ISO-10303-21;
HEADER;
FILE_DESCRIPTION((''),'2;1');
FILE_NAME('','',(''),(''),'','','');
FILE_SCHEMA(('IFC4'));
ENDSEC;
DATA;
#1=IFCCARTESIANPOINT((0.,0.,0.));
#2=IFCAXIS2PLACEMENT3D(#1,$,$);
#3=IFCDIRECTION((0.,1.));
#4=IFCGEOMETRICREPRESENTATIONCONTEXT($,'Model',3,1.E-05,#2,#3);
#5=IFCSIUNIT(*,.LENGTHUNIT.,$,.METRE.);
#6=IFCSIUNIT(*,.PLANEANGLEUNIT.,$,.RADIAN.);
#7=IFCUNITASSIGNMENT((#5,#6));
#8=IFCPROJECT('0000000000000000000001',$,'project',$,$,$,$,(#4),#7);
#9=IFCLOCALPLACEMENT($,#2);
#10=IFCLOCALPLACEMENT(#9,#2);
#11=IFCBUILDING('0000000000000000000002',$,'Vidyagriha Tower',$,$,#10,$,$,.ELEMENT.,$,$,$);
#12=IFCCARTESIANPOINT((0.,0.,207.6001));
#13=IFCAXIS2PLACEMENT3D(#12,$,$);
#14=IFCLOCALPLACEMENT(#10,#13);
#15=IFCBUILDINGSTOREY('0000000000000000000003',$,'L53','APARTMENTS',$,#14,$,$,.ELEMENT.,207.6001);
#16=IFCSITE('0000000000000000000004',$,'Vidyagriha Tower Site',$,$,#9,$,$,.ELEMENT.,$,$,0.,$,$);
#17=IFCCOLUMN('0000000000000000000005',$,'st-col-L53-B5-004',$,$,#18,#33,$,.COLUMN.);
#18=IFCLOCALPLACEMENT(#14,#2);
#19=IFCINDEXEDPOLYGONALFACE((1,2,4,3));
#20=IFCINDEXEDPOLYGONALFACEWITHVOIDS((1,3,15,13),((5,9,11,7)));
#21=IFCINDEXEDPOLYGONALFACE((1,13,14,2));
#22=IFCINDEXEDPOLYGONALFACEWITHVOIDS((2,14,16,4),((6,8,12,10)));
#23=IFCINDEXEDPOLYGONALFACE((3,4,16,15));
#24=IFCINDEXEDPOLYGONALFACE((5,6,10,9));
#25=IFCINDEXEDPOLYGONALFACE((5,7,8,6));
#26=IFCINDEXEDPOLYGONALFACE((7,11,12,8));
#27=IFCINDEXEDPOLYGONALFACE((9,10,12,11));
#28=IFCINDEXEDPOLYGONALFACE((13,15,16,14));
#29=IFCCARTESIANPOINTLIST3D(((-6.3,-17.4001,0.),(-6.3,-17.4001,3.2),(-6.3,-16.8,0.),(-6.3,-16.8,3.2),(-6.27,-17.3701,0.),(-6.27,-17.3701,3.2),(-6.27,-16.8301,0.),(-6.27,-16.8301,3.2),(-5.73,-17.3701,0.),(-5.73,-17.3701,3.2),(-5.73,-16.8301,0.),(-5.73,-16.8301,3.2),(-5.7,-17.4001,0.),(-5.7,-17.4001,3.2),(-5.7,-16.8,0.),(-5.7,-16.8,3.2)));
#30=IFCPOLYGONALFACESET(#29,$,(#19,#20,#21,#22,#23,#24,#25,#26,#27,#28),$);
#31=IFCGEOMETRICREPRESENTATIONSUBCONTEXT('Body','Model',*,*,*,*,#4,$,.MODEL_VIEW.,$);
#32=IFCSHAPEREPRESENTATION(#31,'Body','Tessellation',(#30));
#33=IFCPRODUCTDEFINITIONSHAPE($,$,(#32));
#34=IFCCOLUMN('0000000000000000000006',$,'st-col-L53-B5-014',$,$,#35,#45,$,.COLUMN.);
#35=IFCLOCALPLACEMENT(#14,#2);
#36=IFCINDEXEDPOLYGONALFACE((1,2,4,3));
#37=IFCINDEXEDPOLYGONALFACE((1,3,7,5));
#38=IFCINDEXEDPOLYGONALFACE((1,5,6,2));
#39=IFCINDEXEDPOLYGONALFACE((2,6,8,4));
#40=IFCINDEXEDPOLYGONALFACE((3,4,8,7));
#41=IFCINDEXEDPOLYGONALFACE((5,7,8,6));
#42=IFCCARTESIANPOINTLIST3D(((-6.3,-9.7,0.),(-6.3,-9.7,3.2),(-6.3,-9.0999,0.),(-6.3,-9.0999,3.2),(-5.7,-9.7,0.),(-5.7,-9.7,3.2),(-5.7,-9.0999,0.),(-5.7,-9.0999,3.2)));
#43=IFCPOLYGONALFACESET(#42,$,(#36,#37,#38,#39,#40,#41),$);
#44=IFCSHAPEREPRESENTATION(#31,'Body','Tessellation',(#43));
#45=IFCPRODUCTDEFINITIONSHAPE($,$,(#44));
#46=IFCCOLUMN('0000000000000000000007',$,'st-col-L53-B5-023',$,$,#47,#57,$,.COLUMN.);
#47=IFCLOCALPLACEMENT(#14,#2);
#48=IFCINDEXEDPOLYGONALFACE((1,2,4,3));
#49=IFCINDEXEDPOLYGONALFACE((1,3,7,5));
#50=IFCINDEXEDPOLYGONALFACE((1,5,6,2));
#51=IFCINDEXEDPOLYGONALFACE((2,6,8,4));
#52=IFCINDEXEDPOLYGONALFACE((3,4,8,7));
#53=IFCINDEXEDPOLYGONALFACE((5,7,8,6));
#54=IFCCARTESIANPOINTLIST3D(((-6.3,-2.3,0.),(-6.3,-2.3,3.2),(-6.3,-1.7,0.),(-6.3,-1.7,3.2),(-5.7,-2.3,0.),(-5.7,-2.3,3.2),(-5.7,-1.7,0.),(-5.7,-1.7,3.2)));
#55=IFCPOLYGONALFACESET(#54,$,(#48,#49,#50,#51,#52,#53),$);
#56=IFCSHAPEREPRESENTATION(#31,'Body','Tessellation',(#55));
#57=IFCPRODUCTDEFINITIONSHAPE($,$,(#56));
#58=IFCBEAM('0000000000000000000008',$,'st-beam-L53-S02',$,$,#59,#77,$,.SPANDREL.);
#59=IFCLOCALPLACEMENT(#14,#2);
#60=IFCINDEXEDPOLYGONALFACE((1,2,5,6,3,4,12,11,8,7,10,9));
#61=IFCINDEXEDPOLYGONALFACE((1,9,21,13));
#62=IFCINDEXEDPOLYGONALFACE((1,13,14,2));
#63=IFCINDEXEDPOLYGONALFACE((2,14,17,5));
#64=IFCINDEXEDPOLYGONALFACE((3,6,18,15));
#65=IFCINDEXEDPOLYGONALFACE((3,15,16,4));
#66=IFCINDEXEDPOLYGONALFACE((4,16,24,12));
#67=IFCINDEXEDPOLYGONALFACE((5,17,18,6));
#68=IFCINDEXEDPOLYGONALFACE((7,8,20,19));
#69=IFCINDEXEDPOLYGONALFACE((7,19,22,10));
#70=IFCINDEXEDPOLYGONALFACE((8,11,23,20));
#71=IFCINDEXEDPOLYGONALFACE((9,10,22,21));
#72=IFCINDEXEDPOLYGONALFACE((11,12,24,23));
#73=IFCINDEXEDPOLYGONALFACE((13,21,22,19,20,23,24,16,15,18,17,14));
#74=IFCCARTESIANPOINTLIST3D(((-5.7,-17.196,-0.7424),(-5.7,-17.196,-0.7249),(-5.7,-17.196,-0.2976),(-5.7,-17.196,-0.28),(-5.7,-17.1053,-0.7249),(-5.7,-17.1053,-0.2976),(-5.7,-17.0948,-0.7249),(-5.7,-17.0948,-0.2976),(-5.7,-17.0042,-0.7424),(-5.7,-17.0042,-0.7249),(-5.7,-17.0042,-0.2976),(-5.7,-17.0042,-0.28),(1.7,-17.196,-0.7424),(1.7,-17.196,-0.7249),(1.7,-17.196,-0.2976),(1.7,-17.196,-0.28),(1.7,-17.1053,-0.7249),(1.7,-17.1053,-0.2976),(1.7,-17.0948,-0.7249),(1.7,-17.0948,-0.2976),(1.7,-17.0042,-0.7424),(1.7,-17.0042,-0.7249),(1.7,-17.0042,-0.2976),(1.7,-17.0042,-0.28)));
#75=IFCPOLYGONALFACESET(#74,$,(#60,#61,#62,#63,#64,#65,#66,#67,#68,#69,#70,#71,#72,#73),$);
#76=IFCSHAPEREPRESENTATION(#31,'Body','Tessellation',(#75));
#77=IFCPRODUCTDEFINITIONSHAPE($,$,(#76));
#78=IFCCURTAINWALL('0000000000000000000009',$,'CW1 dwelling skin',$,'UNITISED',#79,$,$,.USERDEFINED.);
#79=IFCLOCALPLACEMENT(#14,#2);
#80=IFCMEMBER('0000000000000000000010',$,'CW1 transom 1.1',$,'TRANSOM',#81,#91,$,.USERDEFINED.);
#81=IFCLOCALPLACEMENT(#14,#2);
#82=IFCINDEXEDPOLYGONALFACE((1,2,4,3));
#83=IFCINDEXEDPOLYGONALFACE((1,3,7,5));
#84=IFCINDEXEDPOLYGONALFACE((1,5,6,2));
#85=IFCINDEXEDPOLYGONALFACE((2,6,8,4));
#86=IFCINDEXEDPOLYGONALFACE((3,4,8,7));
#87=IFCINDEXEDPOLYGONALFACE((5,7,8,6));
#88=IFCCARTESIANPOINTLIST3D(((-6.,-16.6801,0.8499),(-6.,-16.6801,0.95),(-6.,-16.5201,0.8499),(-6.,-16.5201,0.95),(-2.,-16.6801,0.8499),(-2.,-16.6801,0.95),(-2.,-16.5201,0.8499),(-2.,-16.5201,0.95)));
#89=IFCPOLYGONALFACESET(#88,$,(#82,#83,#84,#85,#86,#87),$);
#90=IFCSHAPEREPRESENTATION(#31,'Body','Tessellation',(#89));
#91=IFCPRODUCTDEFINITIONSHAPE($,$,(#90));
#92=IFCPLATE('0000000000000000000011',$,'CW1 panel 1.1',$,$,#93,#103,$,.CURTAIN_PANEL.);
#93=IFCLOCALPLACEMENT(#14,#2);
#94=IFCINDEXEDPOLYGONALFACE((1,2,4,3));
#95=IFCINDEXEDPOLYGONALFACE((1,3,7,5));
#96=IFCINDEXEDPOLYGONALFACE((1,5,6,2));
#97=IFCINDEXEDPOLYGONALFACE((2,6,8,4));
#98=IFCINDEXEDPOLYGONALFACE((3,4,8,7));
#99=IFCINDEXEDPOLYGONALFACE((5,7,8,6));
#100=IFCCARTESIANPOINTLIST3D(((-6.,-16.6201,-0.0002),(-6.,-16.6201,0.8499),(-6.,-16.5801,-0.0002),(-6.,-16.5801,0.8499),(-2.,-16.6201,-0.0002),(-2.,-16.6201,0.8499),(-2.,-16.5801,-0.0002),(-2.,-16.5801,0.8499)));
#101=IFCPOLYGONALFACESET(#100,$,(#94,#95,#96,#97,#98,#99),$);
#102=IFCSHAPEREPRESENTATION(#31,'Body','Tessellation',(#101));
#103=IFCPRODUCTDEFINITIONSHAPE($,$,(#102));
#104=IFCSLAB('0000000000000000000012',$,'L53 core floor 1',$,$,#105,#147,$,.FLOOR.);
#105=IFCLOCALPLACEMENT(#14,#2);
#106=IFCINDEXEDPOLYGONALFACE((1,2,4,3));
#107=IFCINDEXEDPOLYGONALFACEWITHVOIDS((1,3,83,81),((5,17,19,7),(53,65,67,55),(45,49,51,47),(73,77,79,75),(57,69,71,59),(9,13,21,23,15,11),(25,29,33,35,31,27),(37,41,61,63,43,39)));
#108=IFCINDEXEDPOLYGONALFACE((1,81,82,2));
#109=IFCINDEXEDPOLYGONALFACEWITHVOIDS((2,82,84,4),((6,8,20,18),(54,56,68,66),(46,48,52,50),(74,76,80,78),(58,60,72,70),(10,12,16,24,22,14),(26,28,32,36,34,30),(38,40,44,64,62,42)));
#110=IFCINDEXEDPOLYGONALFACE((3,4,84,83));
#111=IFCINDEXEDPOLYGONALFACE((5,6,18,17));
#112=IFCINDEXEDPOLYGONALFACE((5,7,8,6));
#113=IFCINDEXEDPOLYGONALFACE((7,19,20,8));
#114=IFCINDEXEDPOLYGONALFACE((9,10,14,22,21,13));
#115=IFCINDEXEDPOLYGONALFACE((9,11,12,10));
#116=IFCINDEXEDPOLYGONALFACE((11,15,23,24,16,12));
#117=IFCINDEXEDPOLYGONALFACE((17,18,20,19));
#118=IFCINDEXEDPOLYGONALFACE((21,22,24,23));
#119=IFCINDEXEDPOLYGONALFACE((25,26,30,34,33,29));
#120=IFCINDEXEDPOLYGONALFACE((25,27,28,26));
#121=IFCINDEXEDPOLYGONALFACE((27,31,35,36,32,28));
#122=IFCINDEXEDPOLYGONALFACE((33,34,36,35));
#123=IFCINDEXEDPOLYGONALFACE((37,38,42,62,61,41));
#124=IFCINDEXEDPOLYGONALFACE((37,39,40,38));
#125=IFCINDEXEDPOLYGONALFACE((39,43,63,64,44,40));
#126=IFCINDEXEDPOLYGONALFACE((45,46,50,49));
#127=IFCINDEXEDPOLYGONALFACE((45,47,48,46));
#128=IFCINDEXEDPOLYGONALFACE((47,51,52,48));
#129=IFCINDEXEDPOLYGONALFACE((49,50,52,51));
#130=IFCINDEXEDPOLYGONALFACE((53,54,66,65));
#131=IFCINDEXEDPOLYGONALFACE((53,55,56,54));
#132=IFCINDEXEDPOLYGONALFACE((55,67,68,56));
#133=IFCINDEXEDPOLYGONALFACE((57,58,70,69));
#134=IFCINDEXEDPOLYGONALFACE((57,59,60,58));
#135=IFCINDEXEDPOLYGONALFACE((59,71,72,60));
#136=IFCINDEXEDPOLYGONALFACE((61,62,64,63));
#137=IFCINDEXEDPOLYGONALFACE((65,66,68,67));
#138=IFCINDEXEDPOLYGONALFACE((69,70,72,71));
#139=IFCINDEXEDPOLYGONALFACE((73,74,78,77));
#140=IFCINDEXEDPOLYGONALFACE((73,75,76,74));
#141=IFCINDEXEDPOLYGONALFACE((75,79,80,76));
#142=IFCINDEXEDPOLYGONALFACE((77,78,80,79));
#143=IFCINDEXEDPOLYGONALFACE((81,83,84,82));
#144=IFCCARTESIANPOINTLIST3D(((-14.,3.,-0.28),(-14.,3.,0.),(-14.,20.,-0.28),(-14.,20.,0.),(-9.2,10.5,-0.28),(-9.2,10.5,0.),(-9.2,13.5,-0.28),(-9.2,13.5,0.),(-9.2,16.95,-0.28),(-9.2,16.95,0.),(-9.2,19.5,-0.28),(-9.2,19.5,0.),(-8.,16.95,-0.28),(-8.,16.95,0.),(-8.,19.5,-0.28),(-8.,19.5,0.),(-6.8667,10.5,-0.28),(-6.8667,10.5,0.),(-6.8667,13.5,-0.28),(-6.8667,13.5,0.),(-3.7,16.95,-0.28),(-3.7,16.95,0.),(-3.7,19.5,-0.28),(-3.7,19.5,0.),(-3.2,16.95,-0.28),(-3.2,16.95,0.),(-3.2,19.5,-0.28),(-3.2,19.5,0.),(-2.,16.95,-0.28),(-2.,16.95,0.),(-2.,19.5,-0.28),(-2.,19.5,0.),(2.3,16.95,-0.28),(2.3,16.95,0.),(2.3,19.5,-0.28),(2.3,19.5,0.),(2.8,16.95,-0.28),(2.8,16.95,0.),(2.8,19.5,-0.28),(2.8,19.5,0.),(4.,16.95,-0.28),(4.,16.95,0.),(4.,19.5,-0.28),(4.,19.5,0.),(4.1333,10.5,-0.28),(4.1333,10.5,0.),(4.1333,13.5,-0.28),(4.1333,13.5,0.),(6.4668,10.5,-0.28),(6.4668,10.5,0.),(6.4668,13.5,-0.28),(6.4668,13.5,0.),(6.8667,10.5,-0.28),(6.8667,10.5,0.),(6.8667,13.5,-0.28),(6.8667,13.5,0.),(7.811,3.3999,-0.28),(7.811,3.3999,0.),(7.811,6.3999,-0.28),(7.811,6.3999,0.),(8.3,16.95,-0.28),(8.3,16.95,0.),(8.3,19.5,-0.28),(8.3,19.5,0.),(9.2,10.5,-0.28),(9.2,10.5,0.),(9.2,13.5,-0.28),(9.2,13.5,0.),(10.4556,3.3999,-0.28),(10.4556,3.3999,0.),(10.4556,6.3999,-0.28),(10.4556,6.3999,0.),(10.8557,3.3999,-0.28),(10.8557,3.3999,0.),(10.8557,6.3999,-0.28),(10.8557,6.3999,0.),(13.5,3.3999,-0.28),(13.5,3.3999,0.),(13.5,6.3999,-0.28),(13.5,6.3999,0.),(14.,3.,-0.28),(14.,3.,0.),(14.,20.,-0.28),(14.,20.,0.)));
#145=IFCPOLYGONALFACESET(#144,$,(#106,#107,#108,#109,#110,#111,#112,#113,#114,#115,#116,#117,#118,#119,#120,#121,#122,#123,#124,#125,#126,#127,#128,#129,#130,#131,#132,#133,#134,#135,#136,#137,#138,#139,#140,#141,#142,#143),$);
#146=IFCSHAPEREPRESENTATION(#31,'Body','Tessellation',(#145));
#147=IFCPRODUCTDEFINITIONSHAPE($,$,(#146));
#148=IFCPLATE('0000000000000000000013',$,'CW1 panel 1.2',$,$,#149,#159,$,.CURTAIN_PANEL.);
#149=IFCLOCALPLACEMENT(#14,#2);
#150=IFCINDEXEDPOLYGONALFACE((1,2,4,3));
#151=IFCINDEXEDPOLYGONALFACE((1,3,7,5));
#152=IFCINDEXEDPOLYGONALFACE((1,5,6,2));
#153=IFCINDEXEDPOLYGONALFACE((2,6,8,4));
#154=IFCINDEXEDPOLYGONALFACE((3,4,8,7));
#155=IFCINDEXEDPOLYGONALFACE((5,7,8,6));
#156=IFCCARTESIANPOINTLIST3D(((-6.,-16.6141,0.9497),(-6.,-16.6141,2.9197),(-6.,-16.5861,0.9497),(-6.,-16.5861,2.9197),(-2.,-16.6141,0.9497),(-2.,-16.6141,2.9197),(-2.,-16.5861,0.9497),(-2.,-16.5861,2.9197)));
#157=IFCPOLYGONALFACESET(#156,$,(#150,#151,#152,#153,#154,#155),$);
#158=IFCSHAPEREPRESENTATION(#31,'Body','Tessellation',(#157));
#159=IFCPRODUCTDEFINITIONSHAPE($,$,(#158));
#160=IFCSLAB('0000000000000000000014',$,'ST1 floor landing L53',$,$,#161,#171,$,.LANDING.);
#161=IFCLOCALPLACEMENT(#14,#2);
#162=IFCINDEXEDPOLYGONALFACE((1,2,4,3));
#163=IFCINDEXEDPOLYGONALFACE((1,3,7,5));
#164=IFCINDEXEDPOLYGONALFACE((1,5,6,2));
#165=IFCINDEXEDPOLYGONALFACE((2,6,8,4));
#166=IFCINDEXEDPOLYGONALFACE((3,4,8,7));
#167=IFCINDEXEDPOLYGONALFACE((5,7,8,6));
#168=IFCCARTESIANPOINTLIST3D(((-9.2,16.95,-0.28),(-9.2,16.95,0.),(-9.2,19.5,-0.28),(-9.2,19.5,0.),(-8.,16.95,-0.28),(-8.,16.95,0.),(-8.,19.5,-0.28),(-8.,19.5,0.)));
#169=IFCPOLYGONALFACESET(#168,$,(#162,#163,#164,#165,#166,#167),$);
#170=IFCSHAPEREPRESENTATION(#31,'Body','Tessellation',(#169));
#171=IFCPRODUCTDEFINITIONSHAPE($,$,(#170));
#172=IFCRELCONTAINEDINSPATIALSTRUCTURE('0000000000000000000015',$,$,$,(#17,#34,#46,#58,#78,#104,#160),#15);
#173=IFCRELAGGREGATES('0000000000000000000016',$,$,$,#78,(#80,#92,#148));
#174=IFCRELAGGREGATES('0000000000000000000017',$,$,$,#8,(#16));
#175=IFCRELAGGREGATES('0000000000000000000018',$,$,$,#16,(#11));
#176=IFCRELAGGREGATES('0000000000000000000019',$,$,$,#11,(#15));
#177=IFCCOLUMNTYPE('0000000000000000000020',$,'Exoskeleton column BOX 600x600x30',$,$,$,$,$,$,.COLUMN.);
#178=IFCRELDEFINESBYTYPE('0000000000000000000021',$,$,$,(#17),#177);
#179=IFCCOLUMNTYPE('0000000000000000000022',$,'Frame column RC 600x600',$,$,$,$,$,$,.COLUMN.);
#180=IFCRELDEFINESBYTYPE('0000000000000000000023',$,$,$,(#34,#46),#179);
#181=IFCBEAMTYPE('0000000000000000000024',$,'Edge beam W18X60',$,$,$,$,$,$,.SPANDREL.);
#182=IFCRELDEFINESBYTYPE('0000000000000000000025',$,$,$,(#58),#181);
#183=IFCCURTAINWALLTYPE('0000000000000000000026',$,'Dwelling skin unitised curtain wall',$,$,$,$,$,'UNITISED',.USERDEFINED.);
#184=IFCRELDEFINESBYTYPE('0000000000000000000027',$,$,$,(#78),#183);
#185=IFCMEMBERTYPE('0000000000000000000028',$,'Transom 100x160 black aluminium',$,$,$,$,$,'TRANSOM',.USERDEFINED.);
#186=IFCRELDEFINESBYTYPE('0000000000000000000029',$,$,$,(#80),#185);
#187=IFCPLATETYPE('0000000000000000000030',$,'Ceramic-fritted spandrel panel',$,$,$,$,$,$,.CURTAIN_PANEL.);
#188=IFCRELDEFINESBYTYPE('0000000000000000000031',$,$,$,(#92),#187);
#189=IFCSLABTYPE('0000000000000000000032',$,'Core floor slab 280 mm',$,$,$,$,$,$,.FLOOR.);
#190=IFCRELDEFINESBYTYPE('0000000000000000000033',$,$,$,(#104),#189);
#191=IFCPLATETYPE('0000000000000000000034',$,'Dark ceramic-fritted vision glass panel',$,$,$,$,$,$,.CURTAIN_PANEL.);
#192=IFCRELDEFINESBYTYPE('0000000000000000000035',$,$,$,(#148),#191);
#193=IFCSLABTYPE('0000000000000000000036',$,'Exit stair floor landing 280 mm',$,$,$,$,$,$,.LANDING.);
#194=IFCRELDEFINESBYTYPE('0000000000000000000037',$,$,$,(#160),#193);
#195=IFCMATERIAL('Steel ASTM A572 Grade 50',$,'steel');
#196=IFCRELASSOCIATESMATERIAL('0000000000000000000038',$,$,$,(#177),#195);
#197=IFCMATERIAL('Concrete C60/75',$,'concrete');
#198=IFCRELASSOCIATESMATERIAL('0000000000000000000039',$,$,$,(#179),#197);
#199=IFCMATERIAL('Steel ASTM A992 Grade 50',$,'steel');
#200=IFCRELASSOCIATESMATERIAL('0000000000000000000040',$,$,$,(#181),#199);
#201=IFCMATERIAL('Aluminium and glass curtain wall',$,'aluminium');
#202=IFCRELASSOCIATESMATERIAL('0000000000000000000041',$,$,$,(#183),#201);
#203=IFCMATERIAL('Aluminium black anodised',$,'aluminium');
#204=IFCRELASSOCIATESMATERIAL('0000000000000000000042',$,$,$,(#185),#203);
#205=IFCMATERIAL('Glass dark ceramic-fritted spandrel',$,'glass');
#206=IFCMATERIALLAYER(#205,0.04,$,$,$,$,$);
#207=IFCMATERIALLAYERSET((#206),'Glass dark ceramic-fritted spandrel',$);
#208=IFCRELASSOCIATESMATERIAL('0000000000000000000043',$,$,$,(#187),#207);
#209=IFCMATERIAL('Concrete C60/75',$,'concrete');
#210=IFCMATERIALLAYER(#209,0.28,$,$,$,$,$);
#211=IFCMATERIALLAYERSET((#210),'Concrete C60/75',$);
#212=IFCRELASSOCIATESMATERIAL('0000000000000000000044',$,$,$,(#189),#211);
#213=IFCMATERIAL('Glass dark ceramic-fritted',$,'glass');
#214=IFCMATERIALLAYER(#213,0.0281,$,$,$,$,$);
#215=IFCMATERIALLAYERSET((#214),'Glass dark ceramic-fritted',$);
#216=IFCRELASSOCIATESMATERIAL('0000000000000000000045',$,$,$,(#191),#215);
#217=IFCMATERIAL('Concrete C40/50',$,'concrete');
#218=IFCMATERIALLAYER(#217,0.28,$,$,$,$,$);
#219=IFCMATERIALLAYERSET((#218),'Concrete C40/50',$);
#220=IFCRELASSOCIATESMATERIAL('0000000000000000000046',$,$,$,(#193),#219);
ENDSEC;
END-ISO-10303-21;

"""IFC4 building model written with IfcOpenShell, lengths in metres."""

from ifc_helpers import new_model, si_unit, direction, frame, origin, origin_2d, place, context, subcontext, project, spatial, polyline, rectangle, hollow_rectangle, i_section, outline, extrude, material, layer, layer_set, material_profile, profile_set, type_object, element, aggregate, save


model = new_model("IFC4")

# Units and contexts
model_context = context("Model", 3, precision=1e-05, world=origin(), true_north=direction((0.0, 1.0)))
body_context = subcontext(model_context, "Body", "Model", "MODEL_VIEW")
ifc_project = project(units=[si_unit("LENGTHUNIT", "METRE"), si_unit("PLANEANGLEUNIT", "RADIAN")], contexts=[model_context])

# Site, building, storey
site_placement = place(None, origin())
site = spatial("IfcSite", under=ifc_project, at=site_placement, Name="Vidyagriha Tower Site", CompositionType="ELEMENT", RefElevation=0.0)
building_placement = place(site_placement, origin())
building = spatial("IfcBuilding", under=site, at=building_placement, Name="Vidyagriha Tower", CompositionType="ELEMENT")
storey_placement = place(building_placement, frame((0.0, 0.0, 207.6001)))
storey = spatial("IfcBuildingStorey", under=building, at=storey_placement, Name="L53", Description="APARTMENTS", CompositionType="ELEMENT", Elevation=207.6001)

# Columns
ifc_material_1 = material(Name="Steel ASTM A572 Grade 50", Category="steel")
ifc_material_profile_1 = material_profile(ifc_material_1, hollow_rectangle(XDim=0.6001, YDim=0.6001, WallThickness=0.03, at=origin_2d()), Name="BOX 600x600x30")
ifc_profile_set_1 = profile_set([ifc_material_profile_1], Name="Steel ASTM A572 Grade 50")
column_type_1 = type_object("IfcColumnType", Name="Exoskeleton column BOX 600x600x30", PredefinedType="COLUMN", material=ifc_profile_set_1)
column_placement = place(storey_placement, frame((-6.0, -17.1001, 0.0)))
element("IfcColumn", 1, at=column_placement, inside=storey, type_object=column_type_1, Name="st-col-L53-B5-004", PredefinedType="COLUMN", context=body_context, shape_type="SweptSolid", body=[
    extrude(hollow_rectangle(XDim=0.6001, YDim=0.6001, WallThickness=0.03, at=origin_2d()), origin(), (0.0, 0.0, 1.0), 3.2),
])
ifc_material_2 = material(Name="Concrete C60/75", Category="concrete")
ifc_material_profile_2 = material_profile(ifc_material_2, rectangle(XDim=0.6001, YDim=0.6001, at=origin_2d()), Name="RC 600x600")
ifc_profile_set_2 = profile_set([ifc_material_profile_2], Name="Concrete C60/75")
column_type_2 = type_object("IfcColumnType", Name="Frame column RC 600x600", PredefinedType="COLUMN", material=ifc_profile_set_2)
for number, where, name in (
    (2, (-6.0, -9.3999, 0.0), "st-col-L53-B5-014"),
    (3, (-6.0, -2.0, 0.0), "st-col-L53-B5-023"),
):
    element("IfcColumn", number, at=place(storey_placement, frame(where)), inside=storey, type_object=column_type_2, Name=name, PredefinedType="COLUMN", context=body_context, shape_type="SweptSolid", body=[
        extrude(rectangle(XDim=0.6001, YDim=0.6001, at=origin_2d()), origin(), (0.0, 0.0, 1.0), 3.2),
    ])

# Beam
ifc_material_3 = material(Name="Steel ASTM A992 Grade 50", Category="steel")
ifc_material_profile_3 = material_profile(ifc_material_3, i_section(OverallWidth=0.1919, OverallDepth=0.4624, WebThickness=0.0105, FlangeThickness=0.0176, at=origin_2d()), Name="W18X60")
ifc_profile_set_3 = profile_set([ifc_material_profile_3], Name="Steel ASTM A992 Grade 50")
beam_type = type_object("IfcBeamType", Name="Edge beam W18X60", PredefinedType="SPANDREL", material=ifc_profile_set_3)
beam_placement = place(storey_placement, frame((-5.7, -17.1001, -0.5112), z_axis=(1.0, 0.0, 0.0), x_axis=(0.0, 1.0, 0.0)))
element("IfcBeam", 4, at=beam_placement, inside=storey, type_object=beam_type, Name="st-beam-L53-S02", PredefinedType="SPANDREL", context=body_context, shape_type="SweptSolid", body=[
    extrude(i_section(OverallWidth=0.1919, OverallDepth=0.4624, WebThickness=0.0105, FlangeThickness=0.0176, at=origin_2d()), origin(), (0.0, 0.0, 1.0), 7.3999),
])

# Curtain wall, member, plate
ifc_material_4 = material(Name="Aluminium and glass curtain wall", Category="aluminium")
curtain_wall_type = type_object("IfcCurtainWallType", Name="Dwelling skin unitised curtain wall", ElementType="UNITISED", PredefinedType="USERDEFINED", material=ifc_material_4)
curtain_wall_placement = place(storey_placement, origin())
curtain_wall = element("IfcCurtainWall", 5, at=curtain_wall_placement, inside=storey, type_object=curtain_wall_type, Name="CW1 dwelling skin", ObjectType="UNITISED", PredefinedType="USERDEFINED")
ifc_material_5 = material(Name="Aluminium black anodised", Category="aluminium")
ifc_material_profile_4 = material_profile(ifc_material_5, rectangle(XDim=0.1599, YDim=0.1001, at=origin_2d()), Name="Transom 100x160 black aluminium")
ifc_profile_set_4 = profile_set([ifc_material_profile_4], Name="Aluminium black anodised")
member_type = type_object("IfcMemberType", Name="Transom 100x160 black aluminium", ElementType="TRANSOM", PredefinedType="USERDEFINED", material=ifc_profile_set_4)
member_placement = place(storey_placement, frame((-6.0, -16.6001, 0.8999), z_axis=(1.0, 0.0, 0.0), x_axis=(0.0, 1.0, 0.0)))
member = element("IfcMember", 6, at=member_placement, type_object=member_type, Name="CW1 transom 1.1", ObjectType="TRANSOM", PredefinedType="USERDEFINED", context=body_context, shape_type="SweptSolid", body=[
    extrude(rectangle(XDim=0.1599, YDim=0.1001, at=origin_2d()), origin(), (0.0, 0.0, 1.0), 4.0),
])
ifc_material_6 = material(Name="Glass dark ceramic-fritted spandrel", Category="glass")
ifc_layer_1 = layer(ifc_material_6, 0.04)
ifc_layer_set_1 = layer_set([ifc_layer_1], Name="Glass dark ceramic-fritted spandrel")
plate_type_1 = type_object("IfcPlateType", Name="Ceramic-fritted spandrel panel", PredefinedType="CURTAIN_PANEL", material=ifc_layer_set_1)
plate_1_placement = place(storey_placement, frame((-4.0, -16.6001, -0.0002)))
plate_1 = element("IfcPlate", 7, at=plate_1_placement, type_object=plate_type_1, Name="CW1 panel 1.1", PredefinedType="CURTAIN_PANEL", context=body_context, shape_type="SweptSolid", body=[
    extrude(rectangle(XDim=4.0, YDim=0.04, at=origin_2d()), origin(), (0.0, 0.0, 1.0), 0.8501),
])

# Slab
ifc_material_7 = material(Name="Concrete C60/75", Category="concrete")
ifc_layer_2 = layer(ifc_material_7, 0.28)
ifc_layer_set_2 = layer_set([ifc_layer_2], Name="Concrete C60/75")
slab_type_1 = type_object("IfcSlabType", Name="Core floor slab 280 mm", PredefinedType="FLOOR", material=ifc_layer_set_2)
slab_1_placement = place(storey_placement, frame((0.0, 0.0, -0.28)))
element("IfcSlab", 8, at=slab_1_placement, inside=storey, type_object=slab_type_1, Name="L53 core floor 1", PredefinedType="FLOOR", context=body_context, shape_type="SweptSolid", body=[
    extrude(outline(polyline([(-14.0, 3.0), (-14.0, 20.0), (14.0, 20.0), (14.0, 3.0), (-14.0, 3.0)]), holes=[polyline([(13.5, 6.3999), (10.8557, 6.3999), (10.8557, 3.3999), (13.5, 3.3999), (13.5, 6.3999)]), polyline([(10.4556, 6.3999), (7.811, 6.3999), (7.811, 3.3999), (10.4556, 3.3999), (10.4556, 6.3999)]), polyline([(9.2, 13.5), (6.8667, 13.5), (6.8667, 10.5), (9.2, 10.5), (9.2, 13.5)]), polyline([(2.8, 19.5), (2.8, 16.95), (4.0, 16.95), (8.3, 16.95), (8.3, 19.5), (4.0, 19.5), (2.8, 19.5)]), polyline([(4.1333, 13.5), (4.1333, 10.5), (6.4668, 10.5), (6.4668, 13.5), (4.1333, 13.5)]), polyline([(-2.0, 19.5), (-3.2, 19.5), (-3.2, 16.95), (-2.0, 16.95), (2.3, 16.95), (2.3, 19.5), (-2.0, 19.5)]), polyline([(-9.2, 19.5), (-9.2, 16.95), (-8.0, 16.95), (-3.7, 16.95), (-3.7, 19.5), (-8.0, 19.5), (-9.2, 19.5)]), polyline([(-9.2, 13.5), (-9.2, 10.5), (-6.8667, 10.5), (-6.8667, 13.5), (-9.2, 13.5)])]), origin(), (0.0, 0.0, 1.0), 0.28),
])

# Plate
ifc_material_8 = material(Name="Glass dark ceramic-fritted", Category="glass")
ifc_layer_3 = layer(ifc_material_8, 0.0281)
ifc_layer_set_3 = layer_set([ifc_layer_3], Name="Glass dark ceramic-fritted")
plate_type_2 = type_object("IfcPlateType", Name="Dark ceramic-fritted vision glass panel", PredefinedType="CURTAIN_PANEL", material=ifc_layer_set_3)
plate_2_placement = place(storey_placement, frame((-4.0, -16.6001, 0.9497)))
plate_2 = element("IfcPlate", 9, at=plate_2_placement, type_object=plate_type_2, Name="CW1 panel 1.2", PredefinedType="CURTAIN_PANEL", context=body_context, shape_type="SweptSolid", body=[
    extrude(rectangle(XDim=4.0, YDim=0.0281, at=origin_2d()), origin(), (0.0, 0.0, 1.0), 1.97),
])
aggregate(curtain_wall, [member, plate_1, plate_2])

# Slab
ifc_material_9 = material(Name="Concrete C40/50", Category="concrete")
ifc_layer_4 = layer(ifc_material_9, 0.28)
ifc_layer_set_4 = layer_set([ifc_layer_4], Name="Concrete C40/50")
slab_type_2 = type_object("IfcSlabType", Name="Exit stair floor landing 280 mm", PredefinedType="LANDING", material=ifc_layer_set_4)
slab_2_placement = place(storey_placement, frame((0.0, 0.0, -0.28)))
element("IfcSlab", 10, at=slab_2_placement, inside=storey, type_object=slab_type_2, Name="ST1 floor landing L53", PredefinedType="LANDING", context=body_context, shape_type="SweptSolid", body=[
    extrude(outline(polyline([(-9.2, 16.95), (-8.0, 16.95), (-8.0, 19.5), (-9.2, 19.5), (-9.2, 16.95)])), origin(), (0.0, 0.0, 1.0), 0.28),
])

save(model, "model.ifc")
